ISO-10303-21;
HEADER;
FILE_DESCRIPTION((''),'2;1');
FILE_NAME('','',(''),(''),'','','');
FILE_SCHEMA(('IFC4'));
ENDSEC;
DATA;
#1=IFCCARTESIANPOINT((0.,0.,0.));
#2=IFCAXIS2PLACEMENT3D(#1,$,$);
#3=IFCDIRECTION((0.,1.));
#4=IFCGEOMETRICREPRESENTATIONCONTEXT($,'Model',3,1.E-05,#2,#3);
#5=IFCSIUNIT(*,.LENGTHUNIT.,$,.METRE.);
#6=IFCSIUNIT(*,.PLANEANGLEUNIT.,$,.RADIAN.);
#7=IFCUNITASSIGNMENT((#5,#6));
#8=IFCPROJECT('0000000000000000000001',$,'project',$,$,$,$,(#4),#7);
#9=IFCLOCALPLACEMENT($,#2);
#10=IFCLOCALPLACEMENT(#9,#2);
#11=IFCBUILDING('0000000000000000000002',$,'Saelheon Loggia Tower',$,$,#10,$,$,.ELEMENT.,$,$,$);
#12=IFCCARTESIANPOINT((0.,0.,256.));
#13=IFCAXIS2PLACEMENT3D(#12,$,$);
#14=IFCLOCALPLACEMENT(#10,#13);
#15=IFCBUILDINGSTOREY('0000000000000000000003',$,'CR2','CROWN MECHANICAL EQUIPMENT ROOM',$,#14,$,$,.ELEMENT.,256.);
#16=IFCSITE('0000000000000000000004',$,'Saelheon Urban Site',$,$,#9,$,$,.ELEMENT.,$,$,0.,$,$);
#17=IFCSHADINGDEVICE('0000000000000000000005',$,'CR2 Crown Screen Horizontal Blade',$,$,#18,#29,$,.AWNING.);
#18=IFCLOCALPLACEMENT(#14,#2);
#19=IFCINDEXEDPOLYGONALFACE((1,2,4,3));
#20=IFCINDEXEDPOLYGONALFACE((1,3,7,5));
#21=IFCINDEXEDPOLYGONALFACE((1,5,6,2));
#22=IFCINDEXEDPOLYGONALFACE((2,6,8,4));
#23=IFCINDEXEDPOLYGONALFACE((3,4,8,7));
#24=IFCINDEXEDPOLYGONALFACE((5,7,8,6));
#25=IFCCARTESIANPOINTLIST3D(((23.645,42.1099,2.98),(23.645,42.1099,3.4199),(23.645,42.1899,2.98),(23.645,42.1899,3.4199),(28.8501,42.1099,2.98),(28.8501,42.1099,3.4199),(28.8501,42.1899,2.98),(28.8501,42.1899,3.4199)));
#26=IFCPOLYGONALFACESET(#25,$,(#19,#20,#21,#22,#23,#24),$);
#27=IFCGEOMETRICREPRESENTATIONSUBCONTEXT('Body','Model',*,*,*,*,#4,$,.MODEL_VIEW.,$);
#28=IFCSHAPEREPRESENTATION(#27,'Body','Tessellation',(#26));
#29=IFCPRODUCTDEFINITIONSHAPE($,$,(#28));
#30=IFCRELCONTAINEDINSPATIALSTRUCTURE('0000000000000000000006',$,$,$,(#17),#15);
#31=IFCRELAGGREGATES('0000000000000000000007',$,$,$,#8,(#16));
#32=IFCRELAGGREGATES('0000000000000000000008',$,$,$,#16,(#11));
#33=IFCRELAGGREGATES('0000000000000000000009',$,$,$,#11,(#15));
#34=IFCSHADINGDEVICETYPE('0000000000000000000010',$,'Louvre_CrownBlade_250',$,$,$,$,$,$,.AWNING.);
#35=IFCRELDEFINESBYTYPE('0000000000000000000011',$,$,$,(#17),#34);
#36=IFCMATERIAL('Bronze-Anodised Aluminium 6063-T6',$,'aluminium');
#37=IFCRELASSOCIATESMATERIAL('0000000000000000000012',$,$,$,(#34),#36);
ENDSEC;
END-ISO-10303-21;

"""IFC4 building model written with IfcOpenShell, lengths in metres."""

from ifc_helpers import new_model, si_unit, direction, frame, origin, origin_2d, place, context, subcontext, project, spatial, rectangle, extrude, source, transform, mapped, material, material_profile, profile_set, type_object, element, save


model = new_model("IFC4")

# Units and contexts
model_context = context("Model", 3, precision=1e-05, world=origin(), true_north=direction((0.0, 1.0)))
body_context = subcontext(model_context, "Body", "Model", "MODEL_VIEW")
ifc_project = project(units=[si_unit("LENGTHUNIT", "METRE"), si_unit("PLANEANGLEUNIT", "RADIAN")], contexts=[model_context])

# Site, building, storey
site_placement = place(None, origin())
site = spatial("IfcSite", under=ifc_project, at=site_placement, Name="Saelheon Urban Site", CompositionType="ELEMENT", RefElevation=0.0)
building_placement = place(site_placement, origin())
building = spatial("IfcBuilding", under=site, at=building_placement, Name="Saelheon Loggia Tower", CompositionType="ELEMENT")
storey_placement = place(building_placement, frame((0.0, 0.0, 256.0)))
storey = spatial("IfcBuildingStorey", under=building, at=storey_placement, Name="CR2", Description="CROWN MECHANICAL EQUIPMENT ROOM", CompositionType="ELEMENT", Elevation=256.0)

# Shared definitions
ifc_material_1 = material(Name="Bronze-Anodised Aluminium 6063-T6", Category="aluminium")

# Shading device
ifc_material_profile_1 = material_profile(ifc_material_1, rectangle(XDim=0.0801, YDim=0.4399, at=origin_2d()), Name="Louvre_CrownBlade_250")
ifc_profile_set_1 = profile_set([ifc_material_profile_1], Name="Bronze-Anodised Aluminium 6063-T6")
shading_device_type = type_object("IfcShadingDeviceType", Name="Louvre_CrownBlade_250", PredefinedType="AWNING", material=ifc_profile_set_1)
shared_shape_1 = source(origin(), body_context, "Body", "SweptSolid", [
    extrude(rectangle(XDim=0.0801, YDim=0.4399, at=origin_2d()), origin(), (0.0, 0.0, 1.0), 5.2051),
])
for number, where, z_axis, x_axis, name in (
    (1, (28.8501, 42.1499, 3.2), (-1.0, 0.0, 0.0), (0.0, -1.0, 0.0), "CR2 Crown Screen Horizontal Blade"),
):
    element("IfcShadingDevice", number, at=place(storey_placement, frame(where, z_axis=z_axis, x_axis=x_axis)), inside=storey, type_object=shading_device_type, Name=name, PredefinedType="AWNING", context=body_context, shape_type="MappedRepresentation", body=[
        mapped(shared_shape_1, transform((0.0, 0.0, 0.0), scale=1.0)),
    ])

save(model, "model.ifc")
